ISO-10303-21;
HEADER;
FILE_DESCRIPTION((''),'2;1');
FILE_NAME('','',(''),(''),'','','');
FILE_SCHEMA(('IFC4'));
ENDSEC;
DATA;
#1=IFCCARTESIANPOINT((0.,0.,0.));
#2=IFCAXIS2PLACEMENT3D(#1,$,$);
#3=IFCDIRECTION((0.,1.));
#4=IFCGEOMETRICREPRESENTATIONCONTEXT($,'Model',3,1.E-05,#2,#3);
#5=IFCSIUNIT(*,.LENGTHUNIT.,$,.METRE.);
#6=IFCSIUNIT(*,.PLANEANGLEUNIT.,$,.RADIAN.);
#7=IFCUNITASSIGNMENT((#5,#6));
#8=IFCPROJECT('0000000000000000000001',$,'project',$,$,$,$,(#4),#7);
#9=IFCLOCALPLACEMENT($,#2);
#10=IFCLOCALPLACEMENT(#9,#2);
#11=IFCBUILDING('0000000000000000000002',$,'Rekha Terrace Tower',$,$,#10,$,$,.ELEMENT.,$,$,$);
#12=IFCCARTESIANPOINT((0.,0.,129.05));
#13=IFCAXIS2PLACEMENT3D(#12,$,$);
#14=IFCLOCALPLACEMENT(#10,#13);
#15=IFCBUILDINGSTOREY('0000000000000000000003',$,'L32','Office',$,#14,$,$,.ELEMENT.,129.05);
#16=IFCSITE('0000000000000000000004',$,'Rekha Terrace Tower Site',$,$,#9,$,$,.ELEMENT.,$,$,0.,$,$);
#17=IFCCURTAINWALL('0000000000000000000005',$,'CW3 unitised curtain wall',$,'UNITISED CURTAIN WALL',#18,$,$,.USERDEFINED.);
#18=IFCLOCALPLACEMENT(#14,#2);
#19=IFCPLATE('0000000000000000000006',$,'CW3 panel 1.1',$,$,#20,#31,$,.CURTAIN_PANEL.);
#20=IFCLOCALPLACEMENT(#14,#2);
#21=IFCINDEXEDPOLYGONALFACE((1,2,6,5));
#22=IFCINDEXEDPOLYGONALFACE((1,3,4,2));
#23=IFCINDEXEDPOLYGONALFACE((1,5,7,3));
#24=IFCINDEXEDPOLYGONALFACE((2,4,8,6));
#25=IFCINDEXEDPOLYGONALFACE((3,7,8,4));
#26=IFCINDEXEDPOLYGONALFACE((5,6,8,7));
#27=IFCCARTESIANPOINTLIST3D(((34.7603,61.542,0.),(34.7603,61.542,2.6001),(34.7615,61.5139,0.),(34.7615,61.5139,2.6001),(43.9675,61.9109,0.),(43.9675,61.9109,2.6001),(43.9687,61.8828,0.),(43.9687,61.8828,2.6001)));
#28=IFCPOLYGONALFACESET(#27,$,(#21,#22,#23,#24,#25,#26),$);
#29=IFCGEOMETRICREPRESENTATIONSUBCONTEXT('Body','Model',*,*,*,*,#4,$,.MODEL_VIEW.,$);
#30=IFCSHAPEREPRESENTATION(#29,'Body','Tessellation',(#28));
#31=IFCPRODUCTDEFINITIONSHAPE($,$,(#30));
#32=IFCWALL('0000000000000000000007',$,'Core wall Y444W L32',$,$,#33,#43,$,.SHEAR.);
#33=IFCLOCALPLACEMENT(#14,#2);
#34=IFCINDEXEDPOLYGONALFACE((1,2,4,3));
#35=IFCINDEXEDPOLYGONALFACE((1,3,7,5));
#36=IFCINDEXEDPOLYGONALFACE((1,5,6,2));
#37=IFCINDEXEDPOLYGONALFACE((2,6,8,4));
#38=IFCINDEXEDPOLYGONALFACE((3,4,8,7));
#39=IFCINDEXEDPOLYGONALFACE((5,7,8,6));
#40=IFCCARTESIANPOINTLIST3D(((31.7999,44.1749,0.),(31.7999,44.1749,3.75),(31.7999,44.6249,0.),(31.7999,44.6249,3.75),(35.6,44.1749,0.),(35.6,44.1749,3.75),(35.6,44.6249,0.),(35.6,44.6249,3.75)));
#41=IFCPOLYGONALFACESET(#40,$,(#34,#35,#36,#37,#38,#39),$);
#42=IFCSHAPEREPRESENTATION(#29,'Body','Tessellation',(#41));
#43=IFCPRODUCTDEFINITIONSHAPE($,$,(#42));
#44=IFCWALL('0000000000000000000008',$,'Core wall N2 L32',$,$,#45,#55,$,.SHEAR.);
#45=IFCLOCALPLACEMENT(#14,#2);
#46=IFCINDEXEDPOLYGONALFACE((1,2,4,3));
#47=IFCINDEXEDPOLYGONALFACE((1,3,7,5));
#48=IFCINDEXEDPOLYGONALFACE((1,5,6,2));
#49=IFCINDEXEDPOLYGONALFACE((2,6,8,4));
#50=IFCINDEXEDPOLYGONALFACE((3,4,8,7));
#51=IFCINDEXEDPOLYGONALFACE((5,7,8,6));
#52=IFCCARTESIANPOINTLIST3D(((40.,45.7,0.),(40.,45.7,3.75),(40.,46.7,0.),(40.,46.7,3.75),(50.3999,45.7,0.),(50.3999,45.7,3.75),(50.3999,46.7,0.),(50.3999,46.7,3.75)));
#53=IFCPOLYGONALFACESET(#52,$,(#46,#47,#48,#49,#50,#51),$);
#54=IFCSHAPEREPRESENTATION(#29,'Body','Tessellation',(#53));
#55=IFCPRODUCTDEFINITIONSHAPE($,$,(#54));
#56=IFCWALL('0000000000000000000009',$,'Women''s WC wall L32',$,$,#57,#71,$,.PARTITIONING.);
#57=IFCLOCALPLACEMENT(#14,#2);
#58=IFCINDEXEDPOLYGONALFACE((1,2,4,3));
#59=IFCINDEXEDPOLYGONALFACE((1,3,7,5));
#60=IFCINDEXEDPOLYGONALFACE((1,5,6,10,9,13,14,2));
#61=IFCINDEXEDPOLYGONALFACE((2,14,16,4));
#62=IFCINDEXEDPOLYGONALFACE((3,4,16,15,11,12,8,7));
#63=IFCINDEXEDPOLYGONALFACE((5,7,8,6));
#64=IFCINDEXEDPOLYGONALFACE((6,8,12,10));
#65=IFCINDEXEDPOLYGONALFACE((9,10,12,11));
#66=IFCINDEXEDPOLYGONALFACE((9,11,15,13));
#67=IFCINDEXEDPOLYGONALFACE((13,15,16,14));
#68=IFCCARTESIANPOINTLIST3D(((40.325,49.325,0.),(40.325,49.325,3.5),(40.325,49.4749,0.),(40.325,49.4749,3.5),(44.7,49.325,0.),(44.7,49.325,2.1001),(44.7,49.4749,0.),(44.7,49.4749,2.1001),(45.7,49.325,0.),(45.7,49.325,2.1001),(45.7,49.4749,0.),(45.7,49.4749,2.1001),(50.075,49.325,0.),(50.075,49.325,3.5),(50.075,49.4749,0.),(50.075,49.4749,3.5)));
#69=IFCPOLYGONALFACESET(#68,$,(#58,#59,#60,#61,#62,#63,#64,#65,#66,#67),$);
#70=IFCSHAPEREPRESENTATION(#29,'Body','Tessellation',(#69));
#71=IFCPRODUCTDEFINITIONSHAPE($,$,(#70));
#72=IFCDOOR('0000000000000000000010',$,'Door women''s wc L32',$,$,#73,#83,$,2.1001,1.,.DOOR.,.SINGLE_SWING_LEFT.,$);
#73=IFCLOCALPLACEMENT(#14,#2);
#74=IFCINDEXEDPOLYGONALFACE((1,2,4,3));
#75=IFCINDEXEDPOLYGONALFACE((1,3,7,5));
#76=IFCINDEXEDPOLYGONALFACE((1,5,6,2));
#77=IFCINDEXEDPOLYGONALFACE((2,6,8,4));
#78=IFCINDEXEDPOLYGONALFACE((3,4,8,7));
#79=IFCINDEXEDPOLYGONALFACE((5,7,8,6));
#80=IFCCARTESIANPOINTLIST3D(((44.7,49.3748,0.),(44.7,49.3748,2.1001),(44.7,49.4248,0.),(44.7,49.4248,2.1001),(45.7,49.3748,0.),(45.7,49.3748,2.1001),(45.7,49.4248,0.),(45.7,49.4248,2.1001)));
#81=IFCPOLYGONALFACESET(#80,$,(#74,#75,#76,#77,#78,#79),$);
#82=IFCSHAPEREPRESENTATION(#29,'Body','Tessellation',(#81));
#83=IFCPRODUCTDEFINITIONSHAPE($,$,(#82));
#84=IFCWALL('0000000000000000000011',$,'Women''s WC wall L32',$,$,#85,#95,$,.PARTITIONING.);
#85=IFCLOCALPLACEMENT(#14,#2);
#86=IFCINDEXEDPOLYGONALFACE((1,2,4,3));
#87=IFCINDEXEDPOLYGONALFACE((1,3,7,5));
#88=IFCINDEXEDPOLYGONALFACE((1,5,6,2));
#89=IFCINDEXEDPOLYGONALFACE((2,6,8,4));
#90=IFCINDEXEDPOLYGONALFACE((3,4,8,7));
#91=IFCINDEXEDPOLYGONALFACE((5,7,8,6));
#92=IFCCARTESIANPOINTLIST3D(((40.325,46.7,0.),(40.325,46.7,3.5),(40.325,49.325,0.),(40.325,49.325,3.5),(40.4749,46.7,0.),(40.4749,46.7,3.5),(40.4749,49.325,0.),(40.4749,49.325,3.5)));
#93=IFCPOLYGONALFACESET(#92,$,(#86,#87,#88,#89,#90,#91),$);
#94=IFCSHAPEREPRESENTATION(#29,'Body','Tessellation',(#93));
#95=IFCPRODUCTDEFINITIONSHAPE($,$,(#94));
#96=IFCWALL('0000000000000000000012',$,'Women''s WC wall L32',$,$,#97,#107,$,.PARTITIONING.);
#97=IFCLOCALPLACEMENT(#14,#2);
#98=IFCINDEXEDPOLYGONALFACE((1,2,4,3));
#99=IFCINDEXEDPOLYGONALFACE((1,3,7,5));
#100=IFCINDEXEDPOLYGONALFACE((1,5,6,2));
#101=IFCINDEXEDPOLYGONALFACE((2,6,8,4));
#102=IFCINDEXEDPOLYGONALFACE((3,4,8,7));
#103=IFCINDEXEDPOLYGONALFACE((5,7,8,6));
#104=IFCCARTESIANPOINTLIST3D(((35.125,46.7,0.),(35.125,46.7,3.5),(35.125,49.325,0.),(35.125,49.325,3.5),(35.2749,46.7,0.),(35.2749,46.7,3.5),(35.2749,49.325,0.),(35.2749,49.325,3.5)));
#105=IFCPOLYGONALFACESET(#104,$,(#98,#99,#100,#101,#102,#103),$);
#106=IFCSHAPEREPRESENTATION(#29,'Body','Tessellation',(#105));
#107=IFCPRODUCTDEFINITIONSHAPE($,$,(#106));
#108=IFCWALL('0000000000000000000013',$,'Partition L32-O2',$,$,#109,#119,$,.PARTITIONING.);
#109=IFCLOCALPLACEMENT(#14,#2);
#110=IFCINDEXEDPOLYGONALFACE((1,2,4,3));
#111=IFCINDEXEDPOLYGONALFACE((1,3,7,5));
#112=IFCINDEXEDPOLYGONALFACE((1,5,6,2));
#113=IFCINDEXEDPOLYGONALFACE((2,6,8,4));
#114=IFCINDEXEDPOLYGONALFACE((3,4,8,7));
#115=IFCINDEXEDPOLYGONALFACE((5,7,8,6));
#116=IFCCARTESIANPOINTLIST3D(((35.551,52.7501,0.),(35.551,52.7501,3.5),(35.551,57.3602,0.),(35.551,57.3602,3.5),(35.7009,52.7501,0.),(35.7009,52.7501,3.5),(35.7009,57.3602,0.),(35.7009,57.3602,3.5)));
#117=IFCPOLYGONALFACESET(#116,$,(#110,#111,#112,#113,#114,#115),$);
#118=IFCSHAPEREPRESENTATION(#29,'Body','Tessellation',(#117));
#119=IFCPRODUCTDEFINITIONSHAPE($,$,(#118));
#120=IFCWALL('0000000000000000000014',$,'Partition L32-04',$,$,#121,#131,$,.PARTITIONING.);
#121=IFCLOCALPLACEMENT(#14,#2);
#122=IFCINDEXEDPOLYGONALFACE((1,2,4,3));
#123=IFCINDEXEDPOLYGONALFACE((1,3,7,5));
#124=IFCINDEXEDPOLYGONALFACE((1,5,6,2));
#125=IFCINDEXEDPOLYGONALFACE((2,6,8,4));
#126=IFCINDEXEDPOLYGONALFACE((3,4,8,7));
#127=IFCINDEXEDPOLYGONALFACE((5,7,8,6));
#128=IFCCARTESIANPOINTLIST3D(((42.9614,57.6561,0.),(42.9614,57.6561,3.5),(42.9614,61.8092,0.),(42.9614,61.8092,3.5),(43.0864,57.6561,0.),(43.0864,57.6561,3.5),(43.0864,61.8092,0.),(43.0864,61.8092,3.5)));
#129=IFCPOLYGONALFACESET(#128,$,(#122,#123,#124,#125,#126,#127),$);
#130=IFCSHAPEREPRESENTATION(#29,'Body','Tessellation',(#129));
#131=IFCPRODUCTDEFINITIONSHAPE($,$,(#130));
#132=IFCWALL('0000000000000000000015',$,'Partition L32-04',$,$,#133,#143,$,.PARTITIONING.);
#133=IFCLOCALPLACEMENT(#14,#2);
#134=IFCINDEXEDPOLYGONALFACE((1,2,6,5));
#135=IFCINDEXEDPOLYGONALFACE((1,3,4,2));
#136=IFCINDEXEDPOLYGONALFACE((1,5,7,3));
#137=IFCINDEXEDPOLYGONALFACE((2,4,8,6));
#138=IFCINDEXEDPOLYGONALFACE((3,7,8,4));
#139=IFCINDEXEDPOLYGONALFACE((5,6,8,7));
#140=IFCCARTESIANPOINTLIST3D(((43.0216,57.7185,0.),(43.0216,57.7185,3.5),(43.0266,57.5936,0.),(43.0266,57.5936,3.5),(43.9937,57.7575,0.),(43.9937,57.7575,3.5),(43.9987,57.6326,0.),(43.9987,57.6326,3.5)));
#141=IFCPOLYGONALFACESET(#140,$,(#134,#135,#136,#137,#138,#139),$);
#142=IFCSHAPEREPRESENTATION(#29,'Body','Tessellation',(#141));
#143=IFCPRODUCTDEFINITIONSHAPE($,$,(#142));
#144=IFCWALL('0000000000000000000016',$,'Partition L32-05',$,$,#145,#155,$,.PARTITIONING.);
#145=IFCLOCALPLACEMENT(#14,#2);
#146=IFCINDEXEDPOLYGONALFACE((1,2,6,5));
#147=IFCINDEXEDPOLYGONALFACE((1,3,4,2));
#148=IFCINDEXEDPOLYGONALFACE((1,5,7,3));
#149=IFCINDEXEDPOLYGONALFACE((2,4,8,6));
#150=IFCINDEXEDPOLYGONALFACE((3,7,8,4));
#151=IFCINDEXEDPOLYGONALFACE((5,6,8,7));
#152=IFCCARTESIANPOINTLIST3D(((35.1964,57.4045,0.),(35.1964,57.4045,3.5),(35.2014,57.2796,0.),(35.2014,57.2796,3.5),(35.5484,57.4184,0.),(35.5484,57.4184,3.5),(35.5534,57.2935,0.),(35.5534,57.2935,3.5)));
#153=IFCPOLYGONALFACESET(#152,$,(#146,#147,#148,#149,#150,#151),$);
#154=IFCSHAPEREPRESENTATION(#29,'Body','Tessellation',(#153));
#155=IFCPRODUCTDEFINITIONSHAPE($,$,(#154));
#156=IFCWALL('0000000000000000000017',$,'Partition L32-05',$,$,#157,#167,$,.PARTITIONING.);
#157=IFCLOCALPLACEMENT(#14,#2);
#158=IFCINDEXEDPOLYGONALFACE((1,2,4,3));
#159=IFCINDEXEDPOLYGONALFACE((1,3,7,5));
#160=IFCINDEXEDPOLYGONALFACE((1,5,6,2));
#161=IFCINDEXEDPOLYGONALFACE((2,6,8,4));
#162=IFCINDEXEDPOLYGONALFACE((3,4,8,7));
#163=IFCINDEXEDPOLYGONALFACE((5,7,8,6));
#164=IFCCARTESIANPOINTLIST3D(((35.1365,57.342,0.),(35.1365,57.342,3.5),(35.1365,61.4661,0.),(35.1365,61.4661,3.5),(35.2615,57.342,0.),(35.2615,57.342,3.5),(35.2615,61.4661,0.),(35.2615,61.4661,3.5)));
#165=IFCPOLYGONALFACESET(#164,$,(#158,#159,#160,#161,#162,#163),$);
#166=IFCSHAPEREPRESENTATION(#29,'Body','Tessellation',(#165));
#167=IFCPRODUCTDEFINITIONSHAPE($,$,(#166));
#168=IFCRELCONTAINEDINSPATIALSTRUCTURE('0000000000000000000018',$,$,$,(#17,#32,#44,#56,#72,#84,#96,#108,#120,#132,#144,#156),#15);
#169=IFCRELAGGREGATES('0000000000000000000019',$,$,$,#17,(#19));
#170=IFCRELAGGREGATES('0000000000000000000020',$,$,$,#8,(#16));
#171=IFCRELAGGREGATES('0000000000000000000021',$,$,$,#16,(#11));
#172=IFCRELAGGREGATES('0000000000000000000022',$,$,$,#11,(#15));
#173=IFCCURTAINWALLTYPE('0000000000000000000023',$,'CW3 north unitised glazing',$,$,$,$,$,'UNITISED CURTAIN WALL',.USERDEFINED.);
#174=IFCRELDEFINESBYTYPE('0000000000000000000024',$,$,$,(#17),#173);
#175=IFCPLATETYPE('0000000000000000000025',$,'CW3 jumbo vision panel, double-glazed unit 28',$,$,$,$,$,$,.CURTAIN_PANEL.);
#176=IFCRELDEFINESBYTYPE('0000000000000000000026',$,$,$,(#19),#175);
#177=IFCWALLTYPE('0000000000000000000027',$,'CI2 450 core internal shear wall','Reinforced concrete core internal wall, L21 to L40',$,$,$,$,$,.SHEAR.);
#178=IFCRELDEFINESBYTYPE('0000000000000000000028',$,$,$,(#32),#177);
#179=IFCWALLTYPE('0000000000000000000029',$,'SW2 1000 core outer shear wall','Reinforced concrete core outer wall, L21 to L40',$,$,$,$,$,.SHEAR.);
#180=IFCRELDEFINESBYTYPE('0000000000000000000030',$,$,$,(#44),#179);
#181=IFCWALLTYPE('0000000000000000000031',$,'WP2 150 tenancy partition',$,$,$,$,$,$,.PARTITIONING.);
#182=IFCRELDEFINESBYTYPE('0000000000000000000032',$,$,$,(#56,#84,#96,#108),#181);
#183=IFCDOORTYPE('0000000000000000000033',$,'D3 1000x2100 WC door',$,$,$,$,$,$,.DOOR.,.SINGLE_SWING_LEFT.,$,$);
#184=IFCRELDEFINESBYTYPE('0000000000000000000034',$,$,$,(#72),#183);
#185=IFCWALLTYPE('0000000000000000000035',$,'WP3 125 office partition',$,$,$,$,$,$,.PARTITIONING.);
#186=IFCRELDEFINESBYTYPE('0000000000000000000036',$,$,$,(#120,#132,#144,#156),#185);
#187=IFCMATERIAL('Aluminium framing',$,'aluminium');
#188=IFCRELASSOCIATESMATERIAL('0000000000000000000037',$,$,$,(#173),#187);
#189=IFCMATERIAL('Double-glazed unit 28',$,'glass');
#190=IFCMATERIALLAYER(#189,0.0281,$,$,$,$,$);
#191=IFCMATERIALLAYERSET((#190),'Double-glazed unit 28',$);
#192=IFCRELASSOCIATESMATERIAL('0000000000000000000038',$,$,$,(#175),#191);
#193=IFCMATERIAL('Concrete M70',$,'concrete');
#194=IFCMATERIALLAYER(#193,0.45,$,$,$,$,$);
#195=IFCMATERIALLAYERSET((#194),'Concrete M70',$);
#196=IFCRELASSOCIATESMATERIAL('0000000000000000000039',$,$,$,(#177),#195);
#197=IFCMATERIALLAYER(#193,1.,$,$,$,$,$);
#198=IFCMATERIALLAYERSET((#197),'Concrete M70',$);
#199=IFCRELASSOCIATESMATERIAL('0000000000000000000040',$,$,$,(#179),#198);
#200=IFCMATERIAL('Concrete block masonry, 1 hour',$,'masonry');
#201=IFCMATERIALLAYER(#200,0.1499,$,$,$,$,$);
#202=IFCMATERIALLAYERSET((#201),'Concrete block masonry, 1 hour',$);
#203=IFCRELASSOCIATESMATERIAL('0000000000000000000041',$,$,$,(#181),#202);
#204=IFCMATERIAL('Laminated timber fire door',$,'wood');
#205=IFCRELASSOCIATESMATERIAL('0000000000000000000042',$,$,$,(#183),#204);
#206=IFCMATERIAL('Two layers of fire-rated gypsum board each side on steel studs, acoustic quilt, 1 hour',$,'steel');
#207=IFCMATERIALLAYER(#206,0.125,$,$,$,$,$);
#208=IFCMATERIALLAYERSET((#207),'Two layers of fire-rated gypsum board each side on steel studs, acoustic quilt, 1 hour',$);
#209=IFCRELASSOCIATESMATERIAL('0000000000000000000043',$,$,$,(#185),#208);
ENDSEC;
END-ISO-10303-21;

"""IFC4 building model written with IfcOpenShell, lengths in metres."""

from ifc_helpers import new_model, si_unit, direction, frame, frame_2d, origin, origin_2d, place, context, subcontext, project, spatial, rectangle, extrude, material, layer, layer_set, type_object, element, fill, aggregate, save


model = new_model("IFC4")

# Units and contexts
model_context = context("Model", 3, precision=1e-05, world=origin(), true_north=direction((0.0, 1.0)))
body_context = subcontext(model_context, "Body", "Model", "MODEL_VIEW")
ifc_project = project(units=[si_unit("LENGTHUNIT", "METRE"), si_unit("PLANEANGLEUNIT", "RADIAN")], contexts=[model_context])

# Site, building, storey
site_placement = place(None, origin())
site = spatial("IfcSite", under=ifc_project, at=site_placement, Name="Rekha Terrace Tower Site", CompositionType="ELEMENT", RefElevation=0.0)
building_placement = place(site_placement, origin())
building = spatial("IfcBuilding", under=site, at=building_placement, Name="Rekha Terrace Tower", CompositionType="ELEMENT")
storey_placement = place(building_placement, frame((0.0, 0.0, 129.05)))
storey = spatial("IfcBuildingStorey", under=building, at=storey_placement, Name="L32", Description="Office", CompositionType="ELEMENT", Elevation=129.05)

# Shared definitions
ifc_material_1 = material(Name="Concrete M70", Category="concrete")

# Curtain wall
ifc_material_2 = material(Name="Aluminium framing", Category="aluminium")
curtain_wall_type = type_object("IfcCurtainWallType", Name="CW3 north unitised glazing", ElementType="UNITISED CURTAIN WALL", PredefinedType="USERDEFINED", material=ifc_material_2)
curtain_wall_placement = place(storey_placement, origin())
curtain_wall = element("IfcCurtainWall", 1, at=curtain_wall_placement, inside=storey, type_object=curtain_wall_type, Name="CW3 unitised curtain wall", ObjectType="UNITISED CURTAIN WALL", PredefinedType="USERDEFINED")

# Plate
ifc_material_3 = material(Name="Double-glazed unit 28", Category="glass")
ifc_layer_1 = layer(ifc_material_3, 0.0281)
ifc_layer_set_1 = layer_set([ifc_layer_1], Name="Double-glazed unit 28")
plate_type = type_object("IfcPlateType", Name="CW3 jumbo vision panel, double-glazed unit 28", PredefinedType="CURTAIN_PANEL", material=ifc_layer_set_1)
plate_placement = place(storey_placement, frame((39.3645, 61.7124, 0.0), z_axis=(0.0, 0.0, 1.0), x_axis=(-0.999198, -0.040032, 0.0)))
plate = element("IfcPlate", 2, at=plate_placement, type_object=plate_type, Name="CW3 panel 1.1", PredefinedType="CURTAIN_PANEL", context=body_context, shape_type="SweptSolid", body=[
    extrude(rectangle(XDim=9.2146, YDim=0.0281, at=origin_2d()), origin(), (0.0, 0.0, 1.0), 2.6001),
])
aggregate(curtain_wall, [plate])

# Walls
ifc_layer_2 = layer(ifc_material_1, 0.45)
ifc_layer_set_2 = layer_set([ifc_layer_2], Name="Concrete M70")
wall_type_1 = type_object("IfcWallType", Name="CI2 450 core internal shear wall", Description="Reinforced concrete core internal wall, L21 to L40", PredefinedType="SHEAR", material=ifc_layer_set_2)
wall_1_placement = place(storey_placement, frame((31.8, 44.3999, 0.0), z_axis=(0.0, 0.0, 1.0), x_axis=(1.0, 0.0, 0.0)))
element("IfcWall", 3, at=wall_1_placement, inside=storey, type_object=wall_type_1, Name="Core wall Y444W L32", PredefinedType="SHEAR", context=body_context, shape_type="SweptSolid", body=[
    extrude(rectangle(XDim=3.8, YDim=0.45, at=frame_2d((1.8999, 0.0))), origin(), (0.0, 0.0, 1.0), 3.75),
])
ifc_layer_3 = layer(ifc_material_1, 1.0)
ifc_layer_set_3 = layer_set([ifc_layer_3], Name="Concrete M70")
wall_type_2 = type_object("IfcWallType", Name="SW2 1000 core outer shear wall", Description="Reinforced concrete core outer wall, L21 to L40", PredefinedType="SHEAR", material=ifc_layer_set_3)
wall_2_placement = place(storey_placement, frame((40.0, 46.2, 0.0), z_axis=(0.0, 0.0, 1.0), x_axis=(1.0, 0.0, 0.0)))
element("IfcWall", 4, at=wall_2_placement, inside=storey, type_object=wall_type_2, Name="Core wall N2 L32", PredefinedType="SHEAR", context=body_context, shape_type="SweptSolid", body=[
    extrude(rectangle(XDim=10.3999, YDim=1.0, at=frame_2d((5.2, 0.0))), origin(), (0.0, 0.0, 1.0), 3.75),
])

# Wall, opening, door
ifc_material_4 = material(Name="Concrete block masonry, 1 hour", Category="masonry")
ifc_layer_4 = layer(ifc_material_4, 0.1499)
ifc_layer_set_4 = layer_set([ifc_layer_4], Name="Concrete block masonry, 1 hour")
wall_type_3 = type_object("IfcWallType", Name="WP2 150 tenancy partition", PredefinedType="PARTITIONING", material=ifc_layer_set_4)
wall_3_placement = place(storey_placement, frame((40.325, 49.3999, 0.0), z_axis=(0.0, 0.0, 1.0), x_axis=(1.0, 0.0, 0.0)))
wall_3 = element("IfcWall", 5, at=wall_3_placement, inside=storey, type_object=wall_type_3, Name="Women's WC wall L32", PredefinedType="PARTITIONING", context=body_context, shape_type="SweptSolid", body=[
    extrude(rectangle(XDim=9.75, YDim=0.1499, at=frame_2d((4.875, 0.0))), origin(), (0.0, 0.0, 1.0), 3.5),
])
opening_1_placement = place(wall_3_placement, frame((4.375, 0.0, 0.0)))
opening_1 = element("IfcOpeningElement", 6, at=opening_1_placement, cuts=wall_3, PredefinedType="OPENING", context=body_context, shape_type="SweptSolid", body=[
    extrude(rectangle(XDim=1.0, YDim=2.1001, at=frame_2d((0.5, 1.05))), frame((0.0, 0.085, 0.0), z_axis=(0.0, -1.0, 0.0), x_axis=(1.0, 0.0, 0.0)), (0.0, 0.0, 1.0), 0.1699),
])
ifc_material_5 = material(Name="Laminated timber fire door", Category="wood")
door_type_1 = type_object("IfcDoorType", Name="D3 1000x2100 WC door", OperationType="SINGLE_SWING_LEFT", PredefinedType="DOOR", material=ifc_material_5)
door_1_placement = place(opening_1_placement, origin())
door_1 = element("IfcDoor", 7, at=door_1_placement, inside=storey, type_object=door_type_1, Name="Door women's wc L32", OperationType="SINGLE_SWING_LEFT", OverallHeight=2.1001, OverallWidth=1.0, PredefinedType="DOOR", context=body_context, shape_type="SweptSolid", body=[
    extrude(rectangle(XDim=1.0, YDim=2.1001, at=frame_2d((0.5, 1.05))), frame((0.0, 0.0249, 0.0), z_axis=(0.0, -1.0, 0.0), x_axis=(1.0, 0.0, 0.0)), (0.0, 0.0, 1.0), 0.05),
])
fill(opening_1, door_1)

# Walls
for number, where, z_axis, x_axis, name in (
    (8, (40.3999, 46.7, 0.0), (0.0, 0.0, 1.0), (0.0, 1.0, 0.0), "Women's WC wall L32"),
    (9, (35.2, 46.7, 0.0), (0.0, 0.0, 1.0), (0.0, 1.0, 0.0), "Women's WC wall L32"),
):
    element("IfcWall", number, at=place(storey_placement, frame(where, z_axis=z_axis, x_axis=x_axis)), inside=storey, type_object=wall_type_3, Name=name, PredefinedType="PARTITIONING", context=body_context, shape_type="SweptSolid", body=[
        extrude(rectangle(XDim=2.625, YDim=0.1499, at=frame_2d((1.3125, 0.0))), origin(), (0.0, 0.0, 1.0), 3.5),
    ])
wall_4_placement = place(storey_placement, frame((35.626, 52.75, 0.0), z_axis=(0.0, 0.0, 1.0), x_axis=(0.0, 1.0, 0.0)))
element("IfcWall", 10, at=wall_4_placement, inside=storey, type_object=wall_type_3, Name="Partition L32-O2", PredefinedType="PARTITIONING", context=body_context, shape_type="SweptSolid", body=[
    extrude(rectangle(XDim=4.6101, YDim=0.1499, at=frame_2d((2.3052, 0.0))), origin(), (0.0, 0.0, 1.0), 3.5),
])
ifc_material_6 = material(Name="Two layers of fire-rated gypsum board each side on steel studs, acoustic quilt, 1 hour", Category="steel")
ifc_layer_5 = layer(ifc_material_6, 0.125)
ifc_layer_set_5 = layer_set([ifc_layer_5], Name="Two layers of fire-rated gypsum board each side on steel studs, acoustic quilt, 1 hour")
wall_type_4 = type_object("IfcWallType", Name="WP3 125 office partition", PredefinedType="PARTITIONING", material=ifc_layer_set_5)
wall_5_placement = place(storey_placement, frame((43.0239, 57.656, 0.0), z_axis=(0.0, 0.0, 1.0), x_axis=(0.0, 1.0, 0.0)))
element("IfcWall", 11, at=wall_5_placement, inside=storey, type_object=wall_type_4, Name="Partition L32-04", PredefinedType="PARTITIONING", context=body_context, shape_type="SweptSolid", body=[
    extrude(rectangle(XDim=4.1531, YDim=0.125, at=frame_2d((2.0767, 0.0))), origin(), (0.0, 0.0, 1.0), 3.5),
])
wall_6_placement = place(storey_placement, frame((43.9961, 57.6951, 0.0), z_axis=(0.0, 0.0, 1.0), x_axis=(-0.999194, -0.040148, 0.0)))
element("IfcWall", 12, at=wall_6_placement, inside=storey, type_object=wall_type_4, Name="Partition L32-04", PredefinedType="PARTITIONING", context=body_context, shape_type="SweptSolid", body=[
    extrude(rectangle(XDim=0.9729, YDim=0.125, at=frame_2d((0.4863, 0.0))), origin(), (0.0, 0.0, 1.0), 3.5),
])
wall_7_placement = place(storey_placement, frame((35.551, 57.356, 0.0), z_axis=(0.0, 0.0, 1.0), x_axis=(-0.99922, -0.039498, 0.0)))
element("IfcWall", 13, at=wall_7_placement, inside=storey, type_object=wall_type_4, Name="Partition L32-05", PredefinedType="PARTITIONING", context=body_context, shape_type="SweptSolid", body=[
    extrude(rectangle(XDim=0.3523, YDim=0.125, at=frame_2d((0.1763, 0.0))), origin(), (0.0, 0.0, 1.0), 3.5),
])
wall_8_placement = place(storey_placement, frame((35.199, 57.342, 0.0), z_axis=(0.0, 0.0, 1.0), x_axis=(0.0, 1.0, 0.0)))
element("IfcWall", 14, at=wall_8_placement, inside=storey, type_object=wall_type_4, Name="Partition L32-05", PredefinedType="PARTITIONING", context=body_context, shape_type="SweptSolid", body=[
    extrude(rectangle(XDim=4.124, YDim=0.125, at=frame_2d((2.062, 0.0))), origin(), (0.0, 0.0, 1.0), 3.5),
])

save(model, "model.ifc")
